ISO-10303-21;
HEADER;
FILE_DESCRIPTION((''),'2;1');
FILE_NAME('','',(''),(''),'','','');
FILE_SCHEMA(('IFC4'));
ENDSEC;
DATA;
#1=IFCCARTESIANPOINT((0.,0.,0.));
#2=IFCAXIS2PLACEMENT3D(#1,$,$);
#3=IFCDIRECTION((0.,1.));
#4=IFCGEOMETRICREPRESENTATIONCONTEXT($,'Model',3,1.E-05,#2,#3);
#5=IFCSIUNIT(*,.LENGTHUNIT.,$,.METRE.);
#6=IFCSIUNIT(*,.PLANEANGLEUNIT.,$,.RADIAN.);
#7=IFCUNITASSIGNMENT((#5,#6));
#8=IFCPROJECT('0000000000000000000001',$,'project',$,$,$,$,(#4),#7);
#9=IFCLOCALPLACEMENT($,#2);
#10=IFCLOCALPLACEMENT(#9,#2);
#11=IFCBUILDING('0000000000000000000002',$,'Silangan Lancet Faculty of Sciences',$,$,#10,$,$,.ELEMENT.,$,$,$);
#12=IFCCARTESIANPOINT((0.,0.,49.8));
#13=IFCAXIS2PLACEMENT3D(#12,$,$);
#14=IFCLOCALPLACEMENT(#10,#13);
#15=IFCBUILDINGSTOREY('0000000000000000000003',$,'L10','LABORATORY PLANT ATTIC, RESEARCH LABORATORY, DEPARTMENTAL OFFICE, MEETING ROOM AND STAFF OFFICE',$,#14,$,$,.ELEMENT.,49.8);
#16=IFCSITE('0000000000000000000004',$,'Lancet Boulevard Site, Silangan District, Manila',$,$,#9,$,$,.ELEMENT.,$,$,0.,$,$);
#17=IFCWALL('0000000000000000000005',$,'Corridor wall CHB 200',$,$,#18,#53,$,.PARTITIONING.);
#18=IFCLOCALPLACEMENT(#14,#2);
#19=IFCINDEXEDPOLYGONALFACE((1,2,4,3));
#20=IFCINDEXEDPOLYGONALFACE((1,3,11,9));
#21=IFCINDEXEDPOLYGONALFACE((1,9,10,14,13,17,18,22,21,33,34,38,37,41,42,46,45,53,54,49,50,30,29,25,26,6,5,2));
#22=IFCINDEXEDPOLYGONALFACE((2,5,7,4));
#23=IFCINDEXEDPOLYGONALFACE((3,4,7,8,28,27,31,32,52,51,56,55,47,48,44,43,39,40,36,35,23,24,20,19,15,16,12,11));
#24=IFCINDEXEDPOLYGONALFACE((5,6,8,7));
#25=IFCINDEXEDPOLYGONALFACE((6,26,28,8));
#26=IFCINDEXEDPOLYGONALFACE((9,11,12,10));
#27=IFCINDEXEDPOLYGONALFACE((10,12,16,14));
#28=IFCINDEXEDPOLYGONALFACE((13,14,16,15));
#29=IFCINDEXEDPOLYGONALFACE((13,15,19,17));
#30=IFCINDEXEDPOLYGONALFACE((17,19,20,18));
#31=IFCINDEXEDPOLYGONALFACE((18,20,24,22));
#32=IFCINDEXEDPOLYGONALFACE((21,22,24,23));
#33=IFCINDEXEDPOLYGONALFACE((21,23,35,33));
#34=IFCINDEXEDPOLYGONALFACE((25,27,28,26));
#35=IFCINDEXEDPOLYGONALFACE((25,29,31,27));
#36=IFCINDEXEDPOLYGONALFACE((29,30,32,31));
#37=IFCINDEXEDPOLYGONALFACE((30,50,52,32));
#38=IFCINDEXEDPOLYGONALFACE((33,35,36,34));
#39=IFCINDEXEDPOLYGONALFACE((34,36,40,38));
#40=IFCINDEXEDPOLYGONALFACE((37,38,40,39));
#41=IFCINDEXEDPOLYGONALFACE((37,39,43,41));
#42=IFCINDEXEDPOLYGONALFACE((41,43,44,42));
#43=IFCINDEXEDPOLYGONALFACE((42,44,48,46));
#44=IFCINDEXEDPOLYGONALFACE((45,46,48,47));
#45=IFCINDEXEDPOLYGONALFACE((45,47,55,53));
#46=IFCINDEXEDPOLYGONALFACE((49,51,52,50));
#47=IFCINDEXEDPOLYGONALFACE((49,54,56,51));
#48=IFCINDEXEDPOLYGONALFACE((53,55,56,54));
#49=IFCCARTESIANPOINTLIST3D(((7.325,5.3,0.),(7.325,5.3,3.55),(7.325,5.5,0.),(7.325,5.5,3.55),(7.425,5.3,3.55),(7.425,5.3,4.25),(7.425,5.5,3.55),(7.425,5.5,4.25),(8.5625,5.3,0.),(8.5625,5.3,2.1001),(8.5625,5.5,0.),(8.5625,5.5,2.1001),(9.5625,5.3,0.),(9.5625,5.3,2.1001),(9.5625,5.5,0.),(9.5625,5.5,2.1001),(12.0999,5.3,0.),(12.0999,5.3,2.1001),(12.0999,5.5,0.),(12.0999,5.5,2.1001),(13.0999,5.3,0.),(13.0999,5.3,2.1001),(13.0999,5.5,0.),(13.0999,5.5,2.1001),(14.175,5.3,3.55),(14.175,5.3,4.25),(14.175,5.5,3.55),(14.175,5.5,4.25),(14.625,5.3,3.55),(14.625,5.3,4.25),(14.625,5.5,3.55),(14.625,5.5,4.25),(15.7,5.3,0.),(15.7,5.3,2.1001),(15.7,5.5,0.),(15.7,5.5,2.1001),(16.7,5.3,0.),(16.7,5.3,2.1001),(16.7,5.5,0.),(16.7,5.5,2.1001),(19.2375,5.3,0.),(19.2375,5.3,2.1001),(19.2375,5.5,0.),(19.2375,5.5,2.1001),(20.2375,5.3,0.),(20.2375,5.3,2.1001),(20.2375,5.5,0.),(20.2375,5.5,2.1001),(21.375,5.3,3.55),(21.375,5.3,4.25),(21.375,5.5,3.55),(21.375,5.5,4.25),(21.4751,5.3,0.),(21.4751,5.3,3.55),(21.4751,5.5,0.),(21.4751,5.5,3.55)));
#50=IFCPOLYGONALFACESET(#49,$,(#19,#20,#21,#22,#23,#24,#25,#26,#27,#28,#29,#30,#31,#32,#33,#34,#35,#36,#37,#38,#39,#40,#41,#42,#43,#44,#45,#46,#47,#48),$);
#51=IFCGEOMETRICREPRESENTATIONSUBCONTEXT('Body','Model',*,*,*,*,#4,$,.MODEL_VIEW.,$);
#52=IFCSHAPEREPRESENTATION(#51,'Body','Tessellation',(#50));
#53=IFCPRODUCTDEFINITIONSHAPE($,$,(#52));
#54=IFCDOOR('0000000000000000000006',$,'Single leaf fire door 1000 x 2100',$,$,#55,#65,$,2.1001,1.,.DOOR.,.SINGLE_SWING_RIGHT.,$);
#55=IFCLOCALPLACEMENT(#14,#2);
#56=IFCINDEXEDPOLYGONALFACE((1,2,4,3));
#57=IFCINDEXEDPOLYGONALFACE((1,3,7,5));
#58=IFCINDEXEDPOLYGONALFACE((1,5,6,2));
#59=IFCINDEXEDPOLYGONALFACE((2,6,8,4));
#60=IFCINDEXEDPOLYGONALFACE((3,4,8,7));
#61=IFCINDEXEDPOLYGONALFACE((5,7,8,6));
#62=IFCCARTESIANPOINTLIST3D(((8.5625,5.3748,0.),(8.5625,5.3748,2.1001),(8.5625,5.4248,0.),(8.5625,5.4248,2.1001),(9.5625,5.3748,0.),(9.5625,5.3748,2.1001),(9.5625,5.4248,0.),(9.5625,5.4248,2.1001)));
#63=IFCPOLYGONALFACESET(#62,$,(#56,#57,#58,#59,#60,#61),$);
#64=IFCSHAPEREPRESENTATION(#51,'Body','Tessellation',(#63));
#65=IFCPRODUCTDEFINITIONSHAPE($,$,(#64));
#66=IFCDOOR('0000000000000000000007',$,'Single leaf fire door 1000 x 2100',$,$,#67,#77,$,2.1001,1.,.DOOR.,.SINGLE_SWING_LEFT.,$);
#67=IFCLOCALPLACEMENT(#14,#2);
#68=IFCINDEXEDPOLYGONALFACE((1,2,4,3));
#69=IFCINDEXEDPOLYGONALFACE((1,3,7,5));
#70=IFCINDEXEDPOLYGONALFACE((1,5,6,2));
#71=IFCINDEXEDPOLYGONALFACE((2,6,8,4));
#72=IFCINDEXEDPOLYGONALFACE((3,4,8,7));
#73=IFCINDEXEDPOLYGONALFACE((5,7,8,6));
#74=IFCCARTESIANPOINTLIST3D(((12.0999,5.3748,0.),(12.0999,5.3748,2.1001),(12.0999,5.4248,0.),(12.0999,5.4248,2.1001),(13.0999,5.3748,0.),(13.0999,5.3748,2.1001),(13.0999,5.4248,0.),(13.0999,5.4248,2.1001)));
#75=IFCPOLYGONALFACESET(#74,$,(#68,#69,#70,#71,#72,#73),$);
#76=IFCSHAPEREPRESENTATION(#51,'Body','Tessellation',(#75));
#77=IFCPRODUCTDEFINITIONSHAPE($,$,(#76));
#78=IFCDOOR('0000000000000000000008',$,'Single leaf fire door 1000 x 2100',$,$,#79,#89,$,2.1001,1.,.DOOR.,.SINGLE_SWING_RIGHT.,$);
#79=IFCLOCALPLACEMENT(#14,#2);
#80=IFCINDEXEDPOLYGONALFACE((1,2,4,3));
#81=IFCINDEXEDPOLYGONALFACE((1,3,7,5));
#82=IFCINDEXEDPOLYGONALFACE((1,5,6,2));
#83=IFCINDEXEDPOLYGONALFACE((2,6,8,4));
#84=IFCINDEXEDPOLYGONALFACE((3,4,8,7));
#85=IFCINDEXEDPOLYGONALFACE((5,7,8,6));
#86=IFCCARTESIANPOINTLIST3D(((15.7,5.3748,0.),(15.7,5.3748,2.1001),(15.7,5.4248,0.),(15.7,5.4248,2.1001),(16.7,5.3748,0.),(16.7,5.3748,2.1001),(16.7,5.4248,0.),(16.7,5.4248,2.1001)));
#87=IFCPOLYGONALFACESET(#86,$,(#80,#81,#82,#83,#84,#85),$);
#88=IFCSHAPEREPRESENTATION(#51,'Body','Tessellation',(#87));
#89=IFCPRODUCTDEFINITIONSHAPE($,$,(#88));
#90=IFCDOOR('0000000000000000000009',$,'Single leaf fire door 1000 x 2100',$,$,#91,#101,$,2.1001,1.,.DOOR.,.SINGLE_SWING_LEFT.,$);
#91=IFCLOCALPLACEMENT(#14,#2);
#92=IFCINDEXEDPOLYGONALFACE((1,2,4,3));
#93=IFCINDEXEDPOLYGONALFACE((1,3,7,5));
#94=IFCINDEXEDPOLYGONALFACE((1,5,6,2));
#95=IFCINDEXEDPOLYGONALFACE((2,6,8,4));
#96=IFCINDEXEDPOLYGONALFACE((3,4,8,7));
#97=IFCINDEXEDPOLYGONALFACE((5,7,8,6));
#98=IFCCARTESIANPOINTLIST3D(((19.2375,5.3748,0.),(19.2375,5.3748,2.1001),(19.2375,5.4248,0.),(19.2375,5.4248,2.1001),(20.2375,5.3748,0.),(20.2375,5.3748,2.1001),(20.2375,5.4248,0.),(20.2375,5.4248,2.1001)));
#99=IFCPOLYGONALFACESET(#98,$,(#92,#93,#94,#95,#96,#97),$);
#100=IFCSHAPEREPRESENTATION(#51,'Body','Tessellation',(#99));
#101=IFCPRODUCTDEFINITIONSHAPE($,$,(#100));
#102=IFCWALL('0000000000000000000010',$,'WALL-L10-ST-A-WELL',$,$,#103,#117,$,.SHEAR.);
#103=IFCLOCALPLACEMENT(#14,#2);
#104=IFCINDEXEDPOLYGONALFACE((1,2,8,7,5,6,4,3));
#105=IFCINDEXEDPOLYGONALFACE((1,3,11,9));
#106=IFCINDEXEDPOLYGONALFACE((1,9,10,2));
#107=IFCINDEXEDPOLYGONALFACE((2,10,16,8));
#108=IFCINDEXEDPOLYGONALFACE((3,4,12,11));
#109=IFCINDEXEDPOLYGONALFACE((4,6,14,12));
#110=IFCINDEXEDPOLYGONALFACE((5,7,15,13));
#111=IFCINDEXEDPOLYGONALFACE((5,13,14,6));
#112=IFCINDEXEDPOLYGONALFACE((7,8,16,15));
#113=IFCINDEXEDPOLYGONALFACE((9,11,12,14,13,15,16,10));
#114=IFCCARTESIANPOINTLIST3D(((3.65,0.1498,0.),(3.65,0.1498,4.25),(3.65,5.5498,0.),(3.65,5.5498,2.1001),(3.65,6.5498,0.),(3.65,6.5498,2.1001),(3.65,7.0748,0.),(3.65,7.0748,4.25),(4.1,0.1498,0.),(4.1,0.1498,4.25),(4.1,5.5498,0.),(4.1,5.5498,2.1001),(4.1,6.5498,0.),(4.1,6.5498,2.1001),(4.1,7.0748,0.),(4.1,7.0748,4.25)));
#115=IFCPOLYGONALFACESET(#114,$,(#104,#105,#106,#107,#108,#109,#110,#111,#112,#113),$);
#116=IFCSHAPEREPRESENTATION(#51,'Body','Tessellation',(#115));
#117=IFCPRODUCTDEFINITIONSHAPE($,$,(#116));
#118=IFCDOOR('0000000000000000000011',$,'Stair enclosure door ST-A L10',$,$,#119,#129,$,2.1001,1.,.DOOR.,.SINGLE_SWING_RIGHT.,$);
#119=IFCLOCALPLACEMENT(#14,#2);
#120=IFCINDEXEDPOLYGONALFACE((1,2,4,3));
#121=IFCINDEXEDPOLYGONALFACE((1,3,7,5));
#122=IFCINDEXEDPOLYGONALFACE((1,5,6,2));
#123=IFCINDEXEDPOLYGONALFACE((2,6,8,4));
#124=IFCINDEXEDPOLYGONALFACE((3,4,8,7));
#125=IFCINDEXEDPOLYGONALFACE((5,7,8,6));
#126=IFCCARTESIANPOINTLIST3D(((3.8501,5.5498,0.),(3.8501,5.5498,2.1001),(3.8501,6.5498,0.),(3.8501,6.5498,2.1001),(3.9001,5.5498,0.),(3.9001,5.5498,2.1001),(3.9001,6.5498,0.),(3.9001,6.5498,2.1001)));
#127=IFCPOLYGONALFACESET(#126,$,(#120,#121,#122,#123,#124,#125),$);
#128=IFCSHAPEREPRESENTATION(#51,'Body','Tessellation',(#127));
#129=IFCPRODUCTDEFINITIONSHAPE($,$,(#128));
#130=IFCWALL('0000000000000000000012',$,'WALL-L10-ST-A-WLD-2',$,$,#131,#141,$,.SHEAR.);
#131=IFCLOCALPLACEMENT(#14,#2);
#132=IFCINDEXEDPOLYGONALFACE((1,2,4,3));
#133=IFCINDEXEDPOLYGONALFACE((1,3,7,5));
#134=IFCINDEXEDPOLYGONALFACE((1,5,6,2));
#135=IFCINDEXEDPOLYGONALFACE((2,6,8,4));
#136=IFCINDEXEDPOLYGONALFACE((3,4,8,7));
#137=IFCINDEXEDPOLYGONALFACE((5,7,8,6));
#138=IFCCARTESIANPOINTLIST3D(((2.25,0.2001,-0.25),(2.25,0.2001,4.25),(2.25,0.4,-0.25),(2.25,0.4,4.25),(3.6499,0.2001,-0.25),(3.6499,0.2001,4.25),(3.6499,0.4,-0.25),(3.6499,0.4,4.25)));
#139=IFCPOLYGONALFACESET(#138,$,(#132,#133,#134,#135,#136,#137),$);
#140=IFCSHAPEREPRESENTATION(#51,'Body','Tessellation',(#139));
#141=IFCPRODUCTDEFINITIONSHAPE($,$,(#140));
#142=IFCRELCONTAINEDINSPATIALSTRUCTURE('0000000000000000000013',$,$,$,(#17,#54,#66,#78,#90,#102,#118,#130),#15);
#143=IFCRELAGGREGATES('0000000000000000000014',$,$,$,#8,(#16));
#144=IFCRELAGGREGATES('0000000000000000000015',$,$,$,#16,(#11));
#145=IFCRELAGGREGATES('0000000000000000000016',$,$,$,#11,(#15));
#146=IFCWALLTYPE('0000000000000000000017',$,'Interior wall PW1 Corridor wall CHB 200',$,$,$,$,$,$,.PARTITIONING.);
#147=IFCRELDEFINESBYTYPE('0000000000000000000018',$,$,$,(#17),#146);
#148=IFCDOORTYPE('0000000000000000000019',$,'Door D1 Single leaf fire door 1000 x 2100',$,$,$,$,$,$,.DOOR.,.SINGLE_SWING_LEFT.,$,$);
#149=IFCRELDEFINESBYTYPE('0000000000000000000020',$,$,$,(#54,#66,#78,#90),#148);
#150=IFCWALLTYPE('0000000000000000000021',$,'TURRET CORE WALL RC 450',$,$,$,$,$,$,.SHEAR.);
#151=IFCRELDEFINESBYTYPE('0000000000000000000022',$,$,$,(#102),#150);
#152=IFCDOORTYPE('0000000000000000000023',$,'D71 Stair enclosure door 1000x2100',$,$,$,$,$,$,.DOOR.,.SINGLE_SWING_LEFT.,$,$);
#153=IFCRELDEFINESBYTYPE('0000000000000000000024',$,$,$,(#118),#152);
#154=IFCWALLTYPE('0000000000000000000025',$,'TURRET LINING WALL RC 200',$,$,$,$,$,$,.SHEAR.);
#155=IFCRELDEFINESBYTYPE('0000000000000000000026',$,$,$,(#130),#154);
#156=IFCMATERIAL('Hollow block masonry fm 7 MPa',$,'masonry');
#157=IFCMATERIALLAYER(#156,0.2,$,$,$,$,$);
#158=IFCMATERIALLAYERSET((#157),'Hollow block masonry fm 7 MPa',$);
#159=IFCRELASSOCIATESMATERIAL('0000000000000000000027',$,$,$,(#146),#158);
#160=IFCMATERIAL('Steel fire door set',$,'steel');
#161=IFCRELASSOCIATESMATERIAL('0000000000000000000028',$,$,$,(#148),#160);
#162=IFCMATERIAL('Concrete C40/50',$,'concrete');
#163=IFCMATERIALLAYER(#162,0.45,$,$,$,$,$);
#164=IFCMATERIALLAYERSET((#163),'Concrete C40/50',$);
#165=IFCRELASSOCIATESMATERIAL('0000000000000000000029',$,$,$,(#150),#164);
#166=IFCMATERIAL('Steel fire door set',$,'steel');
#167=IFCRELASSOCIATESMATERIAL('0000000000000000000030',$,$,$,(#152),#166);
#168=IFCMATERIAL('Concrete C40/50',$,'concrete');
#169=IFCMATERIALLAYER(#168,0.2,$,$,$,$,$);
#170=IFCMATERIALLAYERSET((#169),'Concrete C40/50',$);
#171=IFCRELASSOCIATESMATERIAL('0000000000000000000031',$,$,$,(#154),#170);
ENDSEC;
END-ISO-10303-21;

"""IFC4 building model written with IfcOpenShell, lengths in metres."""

from ifc_helpers import new_model, si_unit, direction, frame, frame_2d, origin, place, context, subcontext, project, spatial, polyline, rectangle, outline, extrude, material, layer, layer_set, type_object, element, fill, save


model = new_model("IFC4")

# Units and contexts
model_context = context("Model", 3, precision=1e-05, world=origin(), true_north=direction((0.0, 1.0)))
body_context = subcontext(model_context, "Body", "Model", "MODEL_VIEW")
ifc_project = project(units=[si_unit("LENGTHUNIT", "METRE"), si_unit("PLANEANGLEUNIT", "RADIAN")], contexts=[model_context])

# Site, building, storey
site_placement = place(None, origin())
site = spatial("IfcSite", under=ifc_project, at=site_placement, Name="Lancet Boulevard Site, Silangan District, Manila", CompositionType="ELEMENT", RefElevation=0.0)
building_placement = place(site_placement, origin())
building = spatial("IfcBuilding", under=site, at=building_placement, Name="Silangan Lancet Faculty of Sciences", CompositionType="ELEMENT")
storey_placement = place(building_placement, frame((0.0, 0.0, 49.8)))
storey = spatial("IfcBuildingStorey", under=building, at=storey_placement, Name="L10", Description="LABORATORY PLANT ATTIC, RESEARCH LABORATORY, DEPARTMENTAL OFFICE, MEETING ROOM AND STAFF OFFICE", CompositionType="ELEMENT", Elevation=49.8)

# Wall, openings, doors
ifc_material_1 = material(Name="Hollow block masonry fm 7 MPa", Category="masonry")
ifc_layer_1 = layer(ifc_material_1, 0.2)
ifc_layer_set_1 = layer_set([ifc_layer_1], Name="Hollow block masonry fm 7 MPa")
wall_type_1 = type_object("IfcWallType", Name="Interior wall PW1 Corridor wall CHB 200", PredefinedType="PARTITIONING", material=ifc_layer_set_1)
wall_1_placement = place(storey_placement, frame((7.325, 5.3999, 0.0), z_axis=(0.0, 0.0, 1.0), x_axis=(1.0, 0.0, 0.0)))
wall_1 = element("IfcWall", 1, at=wall_1_placement, inside=storey, type_object=wall_type_1, Name="Corridor wall CHB 200", PredefinedType="PARTITIONING", context=body_context, shape_type="SweptSolid", body=[
    extrude(outline(polyline([(0.0, 0.0), (14.1501, 0.0), (14.1501, 3.55), (14.05, 3.55), (14.05, 4.25), (7.3, 4.25), (7.3, 3.55), (6.8501, 3.55), (6.8501, 4.25), (0.1001, 4.25), (0.1001, 3.55), (0.0, 3.55), (0.0, 0.0)])), frame((0.0, 0.1001, 0.0), z_axis=(0.0, -1.0, 0.0), x_axis=(1.0, 0.0, 0.0)), (0.0, 0.0, 1.0), 0.2),
])
opening_1_placement = place(wall_1_placement, frame((1.2375, 0.0, 0.0)))
opening_1 = element("IfcOpeningElement", 2, at=opening_1_placement, cuts=wall_1, PredefinedType="OPENING", context=body_context, shape_type="SweptSolid", body=[
    extrude(rectangle(XDim=1.0, YDim=2.1001, at=frame_2d((0.5, 1.05))), frame((0.0, 0.1099, 0.0), z_axis=(0.0, -1.0, 0.0), x_axis=(1.0, 0.0, 0.0)), (0.0, 0.0, 1.0), 0.22),
])
opening_2_placement = place(wall_1_placement, frame((4.7749, 0.0, 0.0)))
opening_2 = element("IfcOpeningElement", 3, at=opening_2_placement, cuts=wall_1, PredefinedType="OPENING", context=body_context, shape_type="SweptSolid", body=[
    extrude(rectangle(XDim=1.0, YDim=2.1001, at=frame_2d((0.5, 1.05))), frame((0.0, 0.1099, 0.0), z_axis=(0.0, -1.0, 0.0), x_axis=(1.0, 0.0, 0.0)), (0.0, 0.0, 1.0), 0.22),
])
opening_3_placement = place(wall_1_placement, frame((8.375, 0.0, 0.0)))
opening_3 = element("IfcOpeningElement", 4, at=opening_3_placement, cuts=wall_1, PredefinedType="OPENING", context=body_context, shape_type="SweptSolid", body=[
    extrude(rectangle(XDim=1.0, YDim=2.1001, at=frame_2d((0.5, 1.05))), frame((0.0, 0.1099, 0.0), z_axis=(0.0, -1.0, 0.0), x_axis=(1.0, 0.0, 0.0)), (0.0, 0.0, 1.0), 0.22),
])
opening_4_placement = place(wall_1_placement, frame((11.9126, 0.0, 0.0)))
opening_4 = element("IfcOpeningElement", 5, at=opening_4_placement, cuts=wall_1, PredefinedType="OPENING", context=body_context, shape_type="SweptSolid", body=[
    extrude(rectangle(XDim=1.0, YDim=2.1001, at=frame_2d((0.5, 1.05))), frame((0.0, 0.1099, 0.0), z_axis=(0.0, -1.0, 0.0), x_axis=(1.0, 0.0, 0.0)), (0.0, 0.0, 1.0), 0.22),
])
ifc_material_2 = material(Name="Steel fire door set", Category="steel")
door_type_1 = type_object("IfcDoorType", Name="Door D1 Single leaf fire door 1000 x 2100", OperationType="SINGLE_SWING_LEFT", PredefinedType="DOOR", material=ifc_material_2)
door_1_placement = place(opening_1_placement, frame((1.0, 0.0, 0.0), z_axis=(0.0, 0.0, 1.0), x_axis=(-1.0, 0.0, 0.0)))
door_1 = element("IfcDoor", 6, at=door_1_placement, inside=storey, type_object=door_type_1, Name="Single leaf fire door 1000 x 2100", OperationType="SINGLE_SWING_RIGHT", OverallHeight=2.1001, OverallWidth=1.0, PredefinedType="DOOR", context=body_context, shape_type="SweptSolid", body=[
    extrude(rectangle(XDim=1.0, YDim=2.1001, at=frame_2d((0.5, 1.05))), frame((0.0, 0.0251, 0.0), z_axis=(0.0, -1.0, 0.0), x_axis=(1.0, 0.0, 0.0)), (0.0, 0.0, 1.0), 0.05),
])
fill(opening_1, door_1)
door_2_placement = place(opening_2_placement, frame((1.0, 0.0, 0.0), z_axis=(0.0, 0.0, 1.0), x_axis=(-1.0, 0.0, 0.0)))
door_2 = element("IfcDoor", 7, at=door_2_placement, inside=storey, type_object=door_type_1, Name="Single leaf fire door 1000 x 2100", OperationType="SINGLE_SWING_LEFT", OverallHeight=2.1001, OverallWidth=1.0, PredefinedType="DOOR", context=body_context, shape_type="SweptSolid", body=[
    extrude(rectangle(XDim=1.0, YDim=2.1001, at=frame_2d((0.5, 1.05))), frame((0.0, 0.0251, 0.0), z_axis=(0.0, -1.0, 0.0), x_axis=(1.0, 0.0, 0.0)), (0.0, 0.0, 1.0), 0.05),
])
fill(opening_2, door_2)
door_3_placement = place(opening_3_placement, frame((1.0, 0.0, 0.0), z_axis=(0.0, 0.0, 1.0), x_axis=(-1.0, 0.0, 0.0)))
door_3 = element("IfcDoor", 8, at=door_3_placement, inside=storey, type_object=door_type_1, Name="Single leaf fire door 1000 x 2100", OperationType="SINGLE_SWING_RIGHT", OverallHeight=2.1001, OverallWidth=1.0, PredefinedType="DOOR", context=body_context, shape_type="SweptSolid", body=[
    extrude(rectangle(XDim=1.0, YDim=2.1001, at=frame_2d((0.5, 1.05))), frame((0.0, 0.0251, 0.0), z_axis=(0.0, -1.0, 0.0), x_axis=(1.0, 0.0, 0.0)), (0.0, 0.0, 1.0), 0.05),
])
fill(opening_3, door_3)
door_4_placement = place(opening_4_placement, frame((1.0, 0.0, 0.0), z_axis=(0.0, 0.0, 1.0), x_axis=(-1.0, 0.0, 0.0)))
door_4 = element("IfcDoor", 9, at=door_4_placement, inside=storey, type_object=door_type_1, Name="Single leaf fire door 1000 x 2100", OperationType="SINGLE_SWING_LEFT", OverallHeight=2.1001, OverallWidth=1.0, PredefinedType="DOOR", context=body_context, shape_type="SweptSolid", body=[
    extrude(rectangle(XDim=1.0, YDim=2.1001, at=frame_2d((0.5, 1.05))), frame((0.0, 0.0251, 0.0), z_axis=(0.0, -1.0, 0.0), x_axis=(1.0, 0.0, 0.0)), (0.0, 0.0, 1.0), 0.05),
])
fill(opening_4, door_4)

# Wall, opening, door
ifc_material_3 = material(Name="Concrete C40/50", Category="concrete")
ifc_layer_2 = layer(ifc_material_3, 0.45)
ifc_layer_set_2 = layer_set([ifc_layer_2], Name="Concrete C40/50")
wall_type_2 = type_object("IfcWallType", Name="TURRET CORE WALL RC 450", PredefinedType="SHEAR", material=ifc_layer_set_2)
wall_2_placement = place(storey_placement, frame((3.875, 0.1499, 0.0), z_axis=(0.0, 0.0, 1.0), x_axis=(0.0, 1.0, 0.0)))
wall_2 = element("IfcWall", 10, at=wall_2_placement, inside=storey, type_object=wall_type_2, Name="WALL-L10-ST-A-WELL", PredefinedType="SHEAR", context=body_context, shape_type="SweptSolid", body=[
    extrude(rectangle(XDim=6.925, YDim=0.45, at=frame_2d((3.4624, 0.0))), origin(), (0.0, 0.0, 1.0), 4.25),
])
opening_5_placement = place(wall_2_placement, frame((5.3999, 0.0, 0.0)))
opening_5 = element("IfcOpeningElement", 11, at=opening_5_placement, cuts=wall_2, PredefinedType="OPENING", context=body_context, shape_type="SweptSolid", body=[
    extrude(rectangle(XDim=1.0, YDim=2.1001, at=frame_2d((0.5, 1.05))), frame((0.0, 0.2349, 0.0), z_axis=(0.0, -1.0, 0.0), x_axis=(1.0, 0.0, 0.0)), (0.0, 0.0, 1.0), 0.47),
])
ifc_material_4 = material(Name="Steel fire door set", Category="steel")
door_type_2 = type_object("IfcDoorType", Name="D71 Stair enclosure door 1000x2100", OperationType="SINGLE_SWING_LEFT", PredefinedType="DOOR", material=ifc_material_4)
door_5_placement = place(opening_5_placement, origin())
door_5 = element("IfcDoor", 12, at=door_5_placement, inside=storey, type_object=door_type_2, Name="Stair enclosure door ST-A L10", OperationType="SINGLE_SWING_RIGHT", OverallHeight=2.1001, OverallWidth=1.0, PredefinedType="DOOR", context=body_context, shape_type="SweptSolid", body=[
    extrude(rectangle(XDim=1.0, YDim=2.1001, at=frame_2d((0.5, 1.05))), frame((0.0, 0.0249, 0.0), z_axis=(0.0, -1.0, 0.0), x_axis=(1.0, 0.0, 0.0)), (0.0, 0.0, 1.0), 0.05),
])
fill(opening_5, door_5)

# Wall
ifc_material_5 = material(Name="Concrete C40/50", Category="concrete")
ifc_layer_3 = layer(ifc_material_5, 0.2)
ifc_layer_set_3 = layer_set([ifc_layer_3], Name="Concrete C40/50")
wall_type_3 = type_object("IfcWallType", Name="TURRET LINING WALL RC 200", PredefinedType="SHEAR", material=ifc_layer_set_3)
wall_3_placement = place(storey_placement, frame((2.25, 0.3, -0.25), z_axis=(0.0, 0.0, 1.0), x_axis=(1.0, 0.0, 0.0)))
element("IfcWall", 13, at=wall_3_placement, inside=storey, type_object=wall_type_3, Name="WALL-L10-ST-A-WLD-2", PredefinedType="SHEAR", context=body_context, shape_type="SweptSolid", body=[
    extrude(rectangle(XDim=1.3999, YDim=0.2, at=frame_2d((0.7, 0.0))), origin(), (0.0, 0.0, 1.0), 4.5),
])

save(model, "model.ifc")
